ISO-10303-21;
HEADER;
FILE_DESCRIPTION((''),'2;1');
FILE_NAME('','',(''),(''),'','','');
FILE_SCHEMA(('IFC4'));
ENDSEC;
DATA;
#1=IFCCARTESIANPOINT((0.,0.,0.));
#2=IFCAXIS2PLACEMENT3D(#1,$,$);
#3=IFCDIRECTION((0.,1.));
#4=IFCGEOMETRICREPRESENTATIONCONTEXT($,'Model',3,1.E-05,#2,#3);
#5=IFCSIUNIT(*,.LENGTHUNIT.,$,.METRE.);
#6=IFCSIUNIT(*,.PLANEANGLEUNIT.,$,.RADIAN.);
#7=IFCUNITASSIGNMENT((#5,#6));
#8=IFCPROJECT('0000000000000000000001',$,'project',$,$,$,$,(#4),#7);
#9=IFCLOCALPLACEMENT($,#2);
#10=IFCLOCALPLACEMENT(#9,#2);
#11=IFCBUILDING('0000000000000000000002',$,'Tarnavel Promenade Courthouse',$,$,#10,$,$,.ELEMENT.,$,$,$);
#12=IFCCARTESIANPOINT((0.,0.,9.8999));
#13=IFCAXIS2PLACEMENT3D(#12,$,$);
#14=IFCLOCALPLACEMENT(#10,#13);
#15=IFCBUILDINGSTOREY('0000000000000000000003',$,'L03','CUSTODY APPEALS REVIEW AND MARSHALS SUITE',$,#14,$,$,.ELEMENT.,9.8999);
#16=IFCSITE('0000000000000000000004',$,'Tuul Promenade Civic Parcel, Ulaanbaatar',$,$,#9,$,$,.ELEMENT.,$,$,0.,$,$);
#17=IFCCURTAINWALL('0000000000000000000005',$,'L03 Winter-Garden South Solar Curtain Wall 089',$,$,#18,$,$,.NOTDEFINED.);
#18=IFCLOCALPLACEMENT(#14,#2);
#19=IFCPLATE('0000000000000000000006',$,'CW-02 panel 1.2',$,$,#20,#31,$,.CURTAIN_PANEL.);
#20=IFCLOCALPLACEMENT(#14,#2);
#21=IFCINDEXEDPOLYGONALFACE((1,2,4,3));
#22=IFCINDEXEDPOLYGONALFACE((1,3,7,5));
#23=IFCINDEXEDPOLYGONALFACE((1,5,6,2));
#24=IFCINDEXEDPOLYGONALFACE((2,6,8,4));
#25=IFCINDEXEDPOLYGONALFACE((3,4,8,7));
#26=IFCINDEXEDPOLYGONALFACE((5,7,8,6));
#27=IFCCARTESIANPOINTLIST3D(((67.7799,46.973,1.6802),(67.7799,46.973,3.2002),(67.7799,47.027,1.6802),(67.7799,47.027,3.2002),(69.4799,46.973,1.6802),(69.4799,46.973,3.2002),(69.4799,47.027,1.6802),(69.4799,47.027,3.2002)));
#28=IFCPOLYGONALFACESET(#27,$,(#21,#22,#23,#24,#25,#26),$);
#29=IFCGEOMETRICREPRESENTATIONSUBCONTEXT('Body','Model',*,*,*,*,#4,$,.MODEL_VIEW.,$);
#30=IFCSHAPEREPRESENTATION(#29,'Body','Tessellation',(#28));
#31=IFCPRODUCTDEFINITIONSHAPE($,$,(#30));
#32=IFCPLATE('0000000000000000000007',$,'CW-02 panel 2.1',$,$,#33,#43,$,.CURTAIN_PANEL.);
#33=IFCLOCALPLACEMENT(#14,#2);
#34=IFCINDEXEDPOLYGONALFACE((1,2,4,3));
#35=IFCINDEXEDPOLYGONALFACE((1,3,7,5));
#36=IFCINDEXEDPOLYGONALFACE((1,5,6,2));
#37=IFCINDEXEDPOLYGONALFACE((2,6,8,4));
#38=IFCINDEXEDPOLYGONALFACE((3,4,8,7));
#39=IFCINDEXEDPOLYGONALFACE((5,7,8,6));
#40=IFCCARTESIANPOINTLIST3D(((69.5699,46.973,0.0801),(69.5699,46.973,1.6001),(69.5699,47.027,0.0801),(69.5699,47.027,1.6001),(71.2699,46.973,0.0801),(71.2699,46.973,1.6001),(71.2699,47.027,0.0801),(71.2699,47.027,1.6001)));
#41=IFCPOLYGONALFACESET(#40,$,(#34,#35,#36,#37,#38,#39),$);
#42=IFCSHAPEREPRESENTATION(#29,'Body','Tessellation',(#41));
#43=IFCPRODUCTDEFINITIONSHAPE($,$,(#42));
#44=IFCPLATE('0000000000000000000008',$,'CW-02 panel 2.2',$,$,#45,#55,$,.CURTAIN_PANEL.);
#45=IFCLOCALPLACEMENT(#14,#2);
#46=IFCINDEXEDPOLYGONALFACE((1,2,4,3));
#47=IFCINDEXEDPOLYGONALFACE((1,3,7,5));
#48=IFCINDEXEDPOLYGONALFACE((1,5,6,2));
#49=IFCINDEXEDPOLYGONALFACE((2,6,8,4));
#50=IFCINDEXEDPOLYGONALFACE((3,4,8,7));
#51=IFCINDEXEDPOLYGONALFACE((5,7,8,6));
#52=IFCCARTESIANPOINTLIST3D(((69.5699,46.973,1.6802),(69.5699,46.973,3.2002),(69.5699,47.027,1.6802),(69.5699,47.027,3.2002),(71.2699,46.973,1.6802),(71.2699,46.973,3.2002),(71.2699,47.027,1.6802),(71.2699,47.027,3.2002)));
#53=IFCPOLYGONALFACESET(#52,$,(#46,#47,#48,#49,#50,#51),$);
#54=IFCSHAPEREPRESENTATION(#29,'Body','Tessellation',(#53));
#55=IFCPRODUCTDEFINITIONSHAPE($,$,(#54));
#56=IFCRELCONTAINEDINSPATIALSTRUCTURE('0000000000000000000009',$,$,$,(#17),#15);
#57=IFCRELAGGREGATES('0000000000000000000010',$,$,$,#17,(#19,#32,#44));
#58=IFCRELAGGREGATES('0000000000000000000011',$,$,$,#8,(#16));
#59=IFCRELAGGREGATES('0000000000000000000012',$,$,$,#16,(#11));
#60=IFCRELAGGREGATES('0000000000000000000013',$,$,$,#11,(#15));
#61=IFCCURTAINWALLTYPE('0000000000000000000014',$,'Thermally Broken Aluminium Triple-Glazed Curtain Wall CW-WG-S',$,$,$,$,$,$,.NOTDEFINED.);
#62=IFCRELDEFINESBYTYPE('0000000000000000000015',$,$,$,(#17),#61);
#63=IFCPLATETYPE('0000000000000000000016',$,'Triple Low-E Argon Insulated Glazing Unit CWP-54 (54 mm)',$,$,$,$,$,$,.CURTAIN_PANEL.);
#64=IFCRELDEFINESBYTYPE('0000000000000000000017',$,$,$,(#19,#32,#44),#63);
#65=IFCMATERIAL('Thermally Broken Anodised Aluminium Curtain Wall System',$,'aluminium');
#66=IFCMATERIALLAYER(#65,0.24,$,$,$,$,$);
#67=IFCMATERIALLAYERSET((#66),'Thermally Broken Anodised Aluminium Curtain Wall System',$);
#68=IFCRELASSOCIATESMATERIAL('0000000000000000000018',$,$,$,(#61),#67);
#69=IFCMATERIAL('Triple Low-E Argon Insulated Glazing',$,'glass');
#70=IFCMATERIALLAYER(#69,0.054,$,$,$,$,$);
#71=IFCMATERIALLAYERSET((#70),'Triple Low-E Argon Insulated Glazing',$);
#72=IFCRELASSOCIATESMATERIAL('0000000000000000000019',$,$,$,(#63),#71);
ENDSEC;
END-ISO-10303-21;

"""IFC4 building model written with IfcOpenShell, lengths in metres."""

from ifc_helpers import new_model, si_unit, direction, frame, origin, origin_2d, place, context, subcontext, project, spatial, rectangle, extrude, material, layer, layer_set, type_object, element, aggregate, save


model = new_model("IFC4")

# Units and contexts
model_context = context("Model", 3, precision=1e-05, world=origin(), true_north=direction((0.0, 1.0)))
body_context = subcontext(model_context, "Body", "Model", "MODEL_VIEW")
ifc_project = project(units=[si_unit("LENGTHUNIT", "METRE"), si_unit("PLANEANGLEUNIT", "RADIAN")], contexts=[model_context])

# Site, building, storey
site_placement = place(None, origin())
site = spatial("IfcSite", under=ifc_project, at=site_placement, Name="Tuul Promenade Civic Parcel, Ulaanbaatar", CompositionType="ELEMENT", RefElevation=0.0)
building_placement = place(site_placement, origin())
building = spatial("IfcBuilding", under=site, at=building_placement, Name="Tarnavel Promenade Courthouse", CompositionType="ELEMENT")
storey_placement = place(building_placement, frame((0.0, 0.0, 9.8999)))
storey = spatial("IfcBuildingStorey", under=building, at=storey_placement, Name="L03", Description="CUSTODY APPEALS REVIEW AND MARSHALS SUITE", CompositionType="ELEMENT", Elevation=9.8999)

# Curtain wall
ifc_material_1 = material(Name="Thermally Broken Anodised Aluminium Curtain Wall System", Category="aluminium")
ifc_layer_1 = layer(ifc_material_1, 0.24)
ifc_layer_set_1 = layer_set([ifc_layer_1], Name="Thermally Broken Anodised Aluminium Curtain Wall System")
curtain_wall_type = type_object("IfcCurtainWallType", Name="Thermally Broken Aluminium Triple-Glazed Curtain Wall CW-WG-S", PredefinedType="NOTDEFINED", material=ifc_layer_set_1)
curtain_wall_1_placement = place(storey_placement, origin())
curtain_wall_1 = element("IfcCurtainWall", 1, at=curtain_wall_1_placement, inside=storey, type_object=curtain_wall_type, Name="L03 Winter-Garden South Solar Curtain Wall 089", PredefinedType="NOTDEFINED")

# Plates
ifc_material_2 = material(Name="Triple Low-E Argon Insulated Glazing", Category="glass")
ifc_layer_2 = layer(ifc_material_2, 0.054)
ifc_layer_set_2 = layer_set([ifc_layer_2], Name="Triple Low-E Argon Insulated Glazing")
plate_type = type_object("IfcPlateType", Name="Triple Low-E Argon Insulated Glazing Unit CWP-54 (54 mm)", PredefinedType="CURTAIN_PANEL", material=ifc_layer_set_2)
plate_1_placement = place(storey_placement, frame((68.6299, 47.0, 1.6802), z_axis=(0.0, 0.0, 1.0), x_axis=(1.0, 0.0, 0.0)))
plate_1 = element("IfcPlate", 2, at=plate_1_placement, type_object=plate_type, Name="CW-02 panel 1.2", PredefinedType="CURTAIN_PANEL", context=body_context, shape_type="SweptSolid", body=[
    extrude(rectangle(XDim=1.7, YDim=0.054, at=origin_2d()), origin(), (0.0, 0.0, 1.0), 1.52),
])
plate_2_placement = place(storey_placement, frame((70.4199, 47.0, 0.0801), z_axis=(0.0, 0.0, 1.0), x_axis=(1.0, 0.0, 0.0)))
plate_2 = element("IfcPlate", 3, at=plate_2_placement, type_object=plate_type, Name="CW-02 panel 2.1", PredefinedType="CURTAIN_PANEL", context=body_context, shape_type="SweptSolid", body=[
    extrude(rectangle(XDim=1.7, YDim=0.054, at=origin_2d()), origin(), (0.0, 0.0, 1.0), 1.52),
])
plate_3_placement = place(storey_placement, frame((70.4199, 47.0, 1.6802), z_axis=(0.0, 0.0, 1.0), x_axis=(1.0, 0.0, 0.0)))
plate_3 = element("IfcPlate", 4, at=plate_3_placement, type_object=plate_type, Name="CW-02 panel 2.2", PredefinedType="CURTAIN_PANEL", context=body_context, shape_type="SweptSolid", body=[
    extrude(rectangle(XDim=1.7, YDim=0.054, at=origin_2d()), origin(), (0.0, 0.0, 1.0), 1.52),
])
aggregate(curtain_wall_1, [plate_1, plate_2, plate_3])

save(model, "model.ifc")
